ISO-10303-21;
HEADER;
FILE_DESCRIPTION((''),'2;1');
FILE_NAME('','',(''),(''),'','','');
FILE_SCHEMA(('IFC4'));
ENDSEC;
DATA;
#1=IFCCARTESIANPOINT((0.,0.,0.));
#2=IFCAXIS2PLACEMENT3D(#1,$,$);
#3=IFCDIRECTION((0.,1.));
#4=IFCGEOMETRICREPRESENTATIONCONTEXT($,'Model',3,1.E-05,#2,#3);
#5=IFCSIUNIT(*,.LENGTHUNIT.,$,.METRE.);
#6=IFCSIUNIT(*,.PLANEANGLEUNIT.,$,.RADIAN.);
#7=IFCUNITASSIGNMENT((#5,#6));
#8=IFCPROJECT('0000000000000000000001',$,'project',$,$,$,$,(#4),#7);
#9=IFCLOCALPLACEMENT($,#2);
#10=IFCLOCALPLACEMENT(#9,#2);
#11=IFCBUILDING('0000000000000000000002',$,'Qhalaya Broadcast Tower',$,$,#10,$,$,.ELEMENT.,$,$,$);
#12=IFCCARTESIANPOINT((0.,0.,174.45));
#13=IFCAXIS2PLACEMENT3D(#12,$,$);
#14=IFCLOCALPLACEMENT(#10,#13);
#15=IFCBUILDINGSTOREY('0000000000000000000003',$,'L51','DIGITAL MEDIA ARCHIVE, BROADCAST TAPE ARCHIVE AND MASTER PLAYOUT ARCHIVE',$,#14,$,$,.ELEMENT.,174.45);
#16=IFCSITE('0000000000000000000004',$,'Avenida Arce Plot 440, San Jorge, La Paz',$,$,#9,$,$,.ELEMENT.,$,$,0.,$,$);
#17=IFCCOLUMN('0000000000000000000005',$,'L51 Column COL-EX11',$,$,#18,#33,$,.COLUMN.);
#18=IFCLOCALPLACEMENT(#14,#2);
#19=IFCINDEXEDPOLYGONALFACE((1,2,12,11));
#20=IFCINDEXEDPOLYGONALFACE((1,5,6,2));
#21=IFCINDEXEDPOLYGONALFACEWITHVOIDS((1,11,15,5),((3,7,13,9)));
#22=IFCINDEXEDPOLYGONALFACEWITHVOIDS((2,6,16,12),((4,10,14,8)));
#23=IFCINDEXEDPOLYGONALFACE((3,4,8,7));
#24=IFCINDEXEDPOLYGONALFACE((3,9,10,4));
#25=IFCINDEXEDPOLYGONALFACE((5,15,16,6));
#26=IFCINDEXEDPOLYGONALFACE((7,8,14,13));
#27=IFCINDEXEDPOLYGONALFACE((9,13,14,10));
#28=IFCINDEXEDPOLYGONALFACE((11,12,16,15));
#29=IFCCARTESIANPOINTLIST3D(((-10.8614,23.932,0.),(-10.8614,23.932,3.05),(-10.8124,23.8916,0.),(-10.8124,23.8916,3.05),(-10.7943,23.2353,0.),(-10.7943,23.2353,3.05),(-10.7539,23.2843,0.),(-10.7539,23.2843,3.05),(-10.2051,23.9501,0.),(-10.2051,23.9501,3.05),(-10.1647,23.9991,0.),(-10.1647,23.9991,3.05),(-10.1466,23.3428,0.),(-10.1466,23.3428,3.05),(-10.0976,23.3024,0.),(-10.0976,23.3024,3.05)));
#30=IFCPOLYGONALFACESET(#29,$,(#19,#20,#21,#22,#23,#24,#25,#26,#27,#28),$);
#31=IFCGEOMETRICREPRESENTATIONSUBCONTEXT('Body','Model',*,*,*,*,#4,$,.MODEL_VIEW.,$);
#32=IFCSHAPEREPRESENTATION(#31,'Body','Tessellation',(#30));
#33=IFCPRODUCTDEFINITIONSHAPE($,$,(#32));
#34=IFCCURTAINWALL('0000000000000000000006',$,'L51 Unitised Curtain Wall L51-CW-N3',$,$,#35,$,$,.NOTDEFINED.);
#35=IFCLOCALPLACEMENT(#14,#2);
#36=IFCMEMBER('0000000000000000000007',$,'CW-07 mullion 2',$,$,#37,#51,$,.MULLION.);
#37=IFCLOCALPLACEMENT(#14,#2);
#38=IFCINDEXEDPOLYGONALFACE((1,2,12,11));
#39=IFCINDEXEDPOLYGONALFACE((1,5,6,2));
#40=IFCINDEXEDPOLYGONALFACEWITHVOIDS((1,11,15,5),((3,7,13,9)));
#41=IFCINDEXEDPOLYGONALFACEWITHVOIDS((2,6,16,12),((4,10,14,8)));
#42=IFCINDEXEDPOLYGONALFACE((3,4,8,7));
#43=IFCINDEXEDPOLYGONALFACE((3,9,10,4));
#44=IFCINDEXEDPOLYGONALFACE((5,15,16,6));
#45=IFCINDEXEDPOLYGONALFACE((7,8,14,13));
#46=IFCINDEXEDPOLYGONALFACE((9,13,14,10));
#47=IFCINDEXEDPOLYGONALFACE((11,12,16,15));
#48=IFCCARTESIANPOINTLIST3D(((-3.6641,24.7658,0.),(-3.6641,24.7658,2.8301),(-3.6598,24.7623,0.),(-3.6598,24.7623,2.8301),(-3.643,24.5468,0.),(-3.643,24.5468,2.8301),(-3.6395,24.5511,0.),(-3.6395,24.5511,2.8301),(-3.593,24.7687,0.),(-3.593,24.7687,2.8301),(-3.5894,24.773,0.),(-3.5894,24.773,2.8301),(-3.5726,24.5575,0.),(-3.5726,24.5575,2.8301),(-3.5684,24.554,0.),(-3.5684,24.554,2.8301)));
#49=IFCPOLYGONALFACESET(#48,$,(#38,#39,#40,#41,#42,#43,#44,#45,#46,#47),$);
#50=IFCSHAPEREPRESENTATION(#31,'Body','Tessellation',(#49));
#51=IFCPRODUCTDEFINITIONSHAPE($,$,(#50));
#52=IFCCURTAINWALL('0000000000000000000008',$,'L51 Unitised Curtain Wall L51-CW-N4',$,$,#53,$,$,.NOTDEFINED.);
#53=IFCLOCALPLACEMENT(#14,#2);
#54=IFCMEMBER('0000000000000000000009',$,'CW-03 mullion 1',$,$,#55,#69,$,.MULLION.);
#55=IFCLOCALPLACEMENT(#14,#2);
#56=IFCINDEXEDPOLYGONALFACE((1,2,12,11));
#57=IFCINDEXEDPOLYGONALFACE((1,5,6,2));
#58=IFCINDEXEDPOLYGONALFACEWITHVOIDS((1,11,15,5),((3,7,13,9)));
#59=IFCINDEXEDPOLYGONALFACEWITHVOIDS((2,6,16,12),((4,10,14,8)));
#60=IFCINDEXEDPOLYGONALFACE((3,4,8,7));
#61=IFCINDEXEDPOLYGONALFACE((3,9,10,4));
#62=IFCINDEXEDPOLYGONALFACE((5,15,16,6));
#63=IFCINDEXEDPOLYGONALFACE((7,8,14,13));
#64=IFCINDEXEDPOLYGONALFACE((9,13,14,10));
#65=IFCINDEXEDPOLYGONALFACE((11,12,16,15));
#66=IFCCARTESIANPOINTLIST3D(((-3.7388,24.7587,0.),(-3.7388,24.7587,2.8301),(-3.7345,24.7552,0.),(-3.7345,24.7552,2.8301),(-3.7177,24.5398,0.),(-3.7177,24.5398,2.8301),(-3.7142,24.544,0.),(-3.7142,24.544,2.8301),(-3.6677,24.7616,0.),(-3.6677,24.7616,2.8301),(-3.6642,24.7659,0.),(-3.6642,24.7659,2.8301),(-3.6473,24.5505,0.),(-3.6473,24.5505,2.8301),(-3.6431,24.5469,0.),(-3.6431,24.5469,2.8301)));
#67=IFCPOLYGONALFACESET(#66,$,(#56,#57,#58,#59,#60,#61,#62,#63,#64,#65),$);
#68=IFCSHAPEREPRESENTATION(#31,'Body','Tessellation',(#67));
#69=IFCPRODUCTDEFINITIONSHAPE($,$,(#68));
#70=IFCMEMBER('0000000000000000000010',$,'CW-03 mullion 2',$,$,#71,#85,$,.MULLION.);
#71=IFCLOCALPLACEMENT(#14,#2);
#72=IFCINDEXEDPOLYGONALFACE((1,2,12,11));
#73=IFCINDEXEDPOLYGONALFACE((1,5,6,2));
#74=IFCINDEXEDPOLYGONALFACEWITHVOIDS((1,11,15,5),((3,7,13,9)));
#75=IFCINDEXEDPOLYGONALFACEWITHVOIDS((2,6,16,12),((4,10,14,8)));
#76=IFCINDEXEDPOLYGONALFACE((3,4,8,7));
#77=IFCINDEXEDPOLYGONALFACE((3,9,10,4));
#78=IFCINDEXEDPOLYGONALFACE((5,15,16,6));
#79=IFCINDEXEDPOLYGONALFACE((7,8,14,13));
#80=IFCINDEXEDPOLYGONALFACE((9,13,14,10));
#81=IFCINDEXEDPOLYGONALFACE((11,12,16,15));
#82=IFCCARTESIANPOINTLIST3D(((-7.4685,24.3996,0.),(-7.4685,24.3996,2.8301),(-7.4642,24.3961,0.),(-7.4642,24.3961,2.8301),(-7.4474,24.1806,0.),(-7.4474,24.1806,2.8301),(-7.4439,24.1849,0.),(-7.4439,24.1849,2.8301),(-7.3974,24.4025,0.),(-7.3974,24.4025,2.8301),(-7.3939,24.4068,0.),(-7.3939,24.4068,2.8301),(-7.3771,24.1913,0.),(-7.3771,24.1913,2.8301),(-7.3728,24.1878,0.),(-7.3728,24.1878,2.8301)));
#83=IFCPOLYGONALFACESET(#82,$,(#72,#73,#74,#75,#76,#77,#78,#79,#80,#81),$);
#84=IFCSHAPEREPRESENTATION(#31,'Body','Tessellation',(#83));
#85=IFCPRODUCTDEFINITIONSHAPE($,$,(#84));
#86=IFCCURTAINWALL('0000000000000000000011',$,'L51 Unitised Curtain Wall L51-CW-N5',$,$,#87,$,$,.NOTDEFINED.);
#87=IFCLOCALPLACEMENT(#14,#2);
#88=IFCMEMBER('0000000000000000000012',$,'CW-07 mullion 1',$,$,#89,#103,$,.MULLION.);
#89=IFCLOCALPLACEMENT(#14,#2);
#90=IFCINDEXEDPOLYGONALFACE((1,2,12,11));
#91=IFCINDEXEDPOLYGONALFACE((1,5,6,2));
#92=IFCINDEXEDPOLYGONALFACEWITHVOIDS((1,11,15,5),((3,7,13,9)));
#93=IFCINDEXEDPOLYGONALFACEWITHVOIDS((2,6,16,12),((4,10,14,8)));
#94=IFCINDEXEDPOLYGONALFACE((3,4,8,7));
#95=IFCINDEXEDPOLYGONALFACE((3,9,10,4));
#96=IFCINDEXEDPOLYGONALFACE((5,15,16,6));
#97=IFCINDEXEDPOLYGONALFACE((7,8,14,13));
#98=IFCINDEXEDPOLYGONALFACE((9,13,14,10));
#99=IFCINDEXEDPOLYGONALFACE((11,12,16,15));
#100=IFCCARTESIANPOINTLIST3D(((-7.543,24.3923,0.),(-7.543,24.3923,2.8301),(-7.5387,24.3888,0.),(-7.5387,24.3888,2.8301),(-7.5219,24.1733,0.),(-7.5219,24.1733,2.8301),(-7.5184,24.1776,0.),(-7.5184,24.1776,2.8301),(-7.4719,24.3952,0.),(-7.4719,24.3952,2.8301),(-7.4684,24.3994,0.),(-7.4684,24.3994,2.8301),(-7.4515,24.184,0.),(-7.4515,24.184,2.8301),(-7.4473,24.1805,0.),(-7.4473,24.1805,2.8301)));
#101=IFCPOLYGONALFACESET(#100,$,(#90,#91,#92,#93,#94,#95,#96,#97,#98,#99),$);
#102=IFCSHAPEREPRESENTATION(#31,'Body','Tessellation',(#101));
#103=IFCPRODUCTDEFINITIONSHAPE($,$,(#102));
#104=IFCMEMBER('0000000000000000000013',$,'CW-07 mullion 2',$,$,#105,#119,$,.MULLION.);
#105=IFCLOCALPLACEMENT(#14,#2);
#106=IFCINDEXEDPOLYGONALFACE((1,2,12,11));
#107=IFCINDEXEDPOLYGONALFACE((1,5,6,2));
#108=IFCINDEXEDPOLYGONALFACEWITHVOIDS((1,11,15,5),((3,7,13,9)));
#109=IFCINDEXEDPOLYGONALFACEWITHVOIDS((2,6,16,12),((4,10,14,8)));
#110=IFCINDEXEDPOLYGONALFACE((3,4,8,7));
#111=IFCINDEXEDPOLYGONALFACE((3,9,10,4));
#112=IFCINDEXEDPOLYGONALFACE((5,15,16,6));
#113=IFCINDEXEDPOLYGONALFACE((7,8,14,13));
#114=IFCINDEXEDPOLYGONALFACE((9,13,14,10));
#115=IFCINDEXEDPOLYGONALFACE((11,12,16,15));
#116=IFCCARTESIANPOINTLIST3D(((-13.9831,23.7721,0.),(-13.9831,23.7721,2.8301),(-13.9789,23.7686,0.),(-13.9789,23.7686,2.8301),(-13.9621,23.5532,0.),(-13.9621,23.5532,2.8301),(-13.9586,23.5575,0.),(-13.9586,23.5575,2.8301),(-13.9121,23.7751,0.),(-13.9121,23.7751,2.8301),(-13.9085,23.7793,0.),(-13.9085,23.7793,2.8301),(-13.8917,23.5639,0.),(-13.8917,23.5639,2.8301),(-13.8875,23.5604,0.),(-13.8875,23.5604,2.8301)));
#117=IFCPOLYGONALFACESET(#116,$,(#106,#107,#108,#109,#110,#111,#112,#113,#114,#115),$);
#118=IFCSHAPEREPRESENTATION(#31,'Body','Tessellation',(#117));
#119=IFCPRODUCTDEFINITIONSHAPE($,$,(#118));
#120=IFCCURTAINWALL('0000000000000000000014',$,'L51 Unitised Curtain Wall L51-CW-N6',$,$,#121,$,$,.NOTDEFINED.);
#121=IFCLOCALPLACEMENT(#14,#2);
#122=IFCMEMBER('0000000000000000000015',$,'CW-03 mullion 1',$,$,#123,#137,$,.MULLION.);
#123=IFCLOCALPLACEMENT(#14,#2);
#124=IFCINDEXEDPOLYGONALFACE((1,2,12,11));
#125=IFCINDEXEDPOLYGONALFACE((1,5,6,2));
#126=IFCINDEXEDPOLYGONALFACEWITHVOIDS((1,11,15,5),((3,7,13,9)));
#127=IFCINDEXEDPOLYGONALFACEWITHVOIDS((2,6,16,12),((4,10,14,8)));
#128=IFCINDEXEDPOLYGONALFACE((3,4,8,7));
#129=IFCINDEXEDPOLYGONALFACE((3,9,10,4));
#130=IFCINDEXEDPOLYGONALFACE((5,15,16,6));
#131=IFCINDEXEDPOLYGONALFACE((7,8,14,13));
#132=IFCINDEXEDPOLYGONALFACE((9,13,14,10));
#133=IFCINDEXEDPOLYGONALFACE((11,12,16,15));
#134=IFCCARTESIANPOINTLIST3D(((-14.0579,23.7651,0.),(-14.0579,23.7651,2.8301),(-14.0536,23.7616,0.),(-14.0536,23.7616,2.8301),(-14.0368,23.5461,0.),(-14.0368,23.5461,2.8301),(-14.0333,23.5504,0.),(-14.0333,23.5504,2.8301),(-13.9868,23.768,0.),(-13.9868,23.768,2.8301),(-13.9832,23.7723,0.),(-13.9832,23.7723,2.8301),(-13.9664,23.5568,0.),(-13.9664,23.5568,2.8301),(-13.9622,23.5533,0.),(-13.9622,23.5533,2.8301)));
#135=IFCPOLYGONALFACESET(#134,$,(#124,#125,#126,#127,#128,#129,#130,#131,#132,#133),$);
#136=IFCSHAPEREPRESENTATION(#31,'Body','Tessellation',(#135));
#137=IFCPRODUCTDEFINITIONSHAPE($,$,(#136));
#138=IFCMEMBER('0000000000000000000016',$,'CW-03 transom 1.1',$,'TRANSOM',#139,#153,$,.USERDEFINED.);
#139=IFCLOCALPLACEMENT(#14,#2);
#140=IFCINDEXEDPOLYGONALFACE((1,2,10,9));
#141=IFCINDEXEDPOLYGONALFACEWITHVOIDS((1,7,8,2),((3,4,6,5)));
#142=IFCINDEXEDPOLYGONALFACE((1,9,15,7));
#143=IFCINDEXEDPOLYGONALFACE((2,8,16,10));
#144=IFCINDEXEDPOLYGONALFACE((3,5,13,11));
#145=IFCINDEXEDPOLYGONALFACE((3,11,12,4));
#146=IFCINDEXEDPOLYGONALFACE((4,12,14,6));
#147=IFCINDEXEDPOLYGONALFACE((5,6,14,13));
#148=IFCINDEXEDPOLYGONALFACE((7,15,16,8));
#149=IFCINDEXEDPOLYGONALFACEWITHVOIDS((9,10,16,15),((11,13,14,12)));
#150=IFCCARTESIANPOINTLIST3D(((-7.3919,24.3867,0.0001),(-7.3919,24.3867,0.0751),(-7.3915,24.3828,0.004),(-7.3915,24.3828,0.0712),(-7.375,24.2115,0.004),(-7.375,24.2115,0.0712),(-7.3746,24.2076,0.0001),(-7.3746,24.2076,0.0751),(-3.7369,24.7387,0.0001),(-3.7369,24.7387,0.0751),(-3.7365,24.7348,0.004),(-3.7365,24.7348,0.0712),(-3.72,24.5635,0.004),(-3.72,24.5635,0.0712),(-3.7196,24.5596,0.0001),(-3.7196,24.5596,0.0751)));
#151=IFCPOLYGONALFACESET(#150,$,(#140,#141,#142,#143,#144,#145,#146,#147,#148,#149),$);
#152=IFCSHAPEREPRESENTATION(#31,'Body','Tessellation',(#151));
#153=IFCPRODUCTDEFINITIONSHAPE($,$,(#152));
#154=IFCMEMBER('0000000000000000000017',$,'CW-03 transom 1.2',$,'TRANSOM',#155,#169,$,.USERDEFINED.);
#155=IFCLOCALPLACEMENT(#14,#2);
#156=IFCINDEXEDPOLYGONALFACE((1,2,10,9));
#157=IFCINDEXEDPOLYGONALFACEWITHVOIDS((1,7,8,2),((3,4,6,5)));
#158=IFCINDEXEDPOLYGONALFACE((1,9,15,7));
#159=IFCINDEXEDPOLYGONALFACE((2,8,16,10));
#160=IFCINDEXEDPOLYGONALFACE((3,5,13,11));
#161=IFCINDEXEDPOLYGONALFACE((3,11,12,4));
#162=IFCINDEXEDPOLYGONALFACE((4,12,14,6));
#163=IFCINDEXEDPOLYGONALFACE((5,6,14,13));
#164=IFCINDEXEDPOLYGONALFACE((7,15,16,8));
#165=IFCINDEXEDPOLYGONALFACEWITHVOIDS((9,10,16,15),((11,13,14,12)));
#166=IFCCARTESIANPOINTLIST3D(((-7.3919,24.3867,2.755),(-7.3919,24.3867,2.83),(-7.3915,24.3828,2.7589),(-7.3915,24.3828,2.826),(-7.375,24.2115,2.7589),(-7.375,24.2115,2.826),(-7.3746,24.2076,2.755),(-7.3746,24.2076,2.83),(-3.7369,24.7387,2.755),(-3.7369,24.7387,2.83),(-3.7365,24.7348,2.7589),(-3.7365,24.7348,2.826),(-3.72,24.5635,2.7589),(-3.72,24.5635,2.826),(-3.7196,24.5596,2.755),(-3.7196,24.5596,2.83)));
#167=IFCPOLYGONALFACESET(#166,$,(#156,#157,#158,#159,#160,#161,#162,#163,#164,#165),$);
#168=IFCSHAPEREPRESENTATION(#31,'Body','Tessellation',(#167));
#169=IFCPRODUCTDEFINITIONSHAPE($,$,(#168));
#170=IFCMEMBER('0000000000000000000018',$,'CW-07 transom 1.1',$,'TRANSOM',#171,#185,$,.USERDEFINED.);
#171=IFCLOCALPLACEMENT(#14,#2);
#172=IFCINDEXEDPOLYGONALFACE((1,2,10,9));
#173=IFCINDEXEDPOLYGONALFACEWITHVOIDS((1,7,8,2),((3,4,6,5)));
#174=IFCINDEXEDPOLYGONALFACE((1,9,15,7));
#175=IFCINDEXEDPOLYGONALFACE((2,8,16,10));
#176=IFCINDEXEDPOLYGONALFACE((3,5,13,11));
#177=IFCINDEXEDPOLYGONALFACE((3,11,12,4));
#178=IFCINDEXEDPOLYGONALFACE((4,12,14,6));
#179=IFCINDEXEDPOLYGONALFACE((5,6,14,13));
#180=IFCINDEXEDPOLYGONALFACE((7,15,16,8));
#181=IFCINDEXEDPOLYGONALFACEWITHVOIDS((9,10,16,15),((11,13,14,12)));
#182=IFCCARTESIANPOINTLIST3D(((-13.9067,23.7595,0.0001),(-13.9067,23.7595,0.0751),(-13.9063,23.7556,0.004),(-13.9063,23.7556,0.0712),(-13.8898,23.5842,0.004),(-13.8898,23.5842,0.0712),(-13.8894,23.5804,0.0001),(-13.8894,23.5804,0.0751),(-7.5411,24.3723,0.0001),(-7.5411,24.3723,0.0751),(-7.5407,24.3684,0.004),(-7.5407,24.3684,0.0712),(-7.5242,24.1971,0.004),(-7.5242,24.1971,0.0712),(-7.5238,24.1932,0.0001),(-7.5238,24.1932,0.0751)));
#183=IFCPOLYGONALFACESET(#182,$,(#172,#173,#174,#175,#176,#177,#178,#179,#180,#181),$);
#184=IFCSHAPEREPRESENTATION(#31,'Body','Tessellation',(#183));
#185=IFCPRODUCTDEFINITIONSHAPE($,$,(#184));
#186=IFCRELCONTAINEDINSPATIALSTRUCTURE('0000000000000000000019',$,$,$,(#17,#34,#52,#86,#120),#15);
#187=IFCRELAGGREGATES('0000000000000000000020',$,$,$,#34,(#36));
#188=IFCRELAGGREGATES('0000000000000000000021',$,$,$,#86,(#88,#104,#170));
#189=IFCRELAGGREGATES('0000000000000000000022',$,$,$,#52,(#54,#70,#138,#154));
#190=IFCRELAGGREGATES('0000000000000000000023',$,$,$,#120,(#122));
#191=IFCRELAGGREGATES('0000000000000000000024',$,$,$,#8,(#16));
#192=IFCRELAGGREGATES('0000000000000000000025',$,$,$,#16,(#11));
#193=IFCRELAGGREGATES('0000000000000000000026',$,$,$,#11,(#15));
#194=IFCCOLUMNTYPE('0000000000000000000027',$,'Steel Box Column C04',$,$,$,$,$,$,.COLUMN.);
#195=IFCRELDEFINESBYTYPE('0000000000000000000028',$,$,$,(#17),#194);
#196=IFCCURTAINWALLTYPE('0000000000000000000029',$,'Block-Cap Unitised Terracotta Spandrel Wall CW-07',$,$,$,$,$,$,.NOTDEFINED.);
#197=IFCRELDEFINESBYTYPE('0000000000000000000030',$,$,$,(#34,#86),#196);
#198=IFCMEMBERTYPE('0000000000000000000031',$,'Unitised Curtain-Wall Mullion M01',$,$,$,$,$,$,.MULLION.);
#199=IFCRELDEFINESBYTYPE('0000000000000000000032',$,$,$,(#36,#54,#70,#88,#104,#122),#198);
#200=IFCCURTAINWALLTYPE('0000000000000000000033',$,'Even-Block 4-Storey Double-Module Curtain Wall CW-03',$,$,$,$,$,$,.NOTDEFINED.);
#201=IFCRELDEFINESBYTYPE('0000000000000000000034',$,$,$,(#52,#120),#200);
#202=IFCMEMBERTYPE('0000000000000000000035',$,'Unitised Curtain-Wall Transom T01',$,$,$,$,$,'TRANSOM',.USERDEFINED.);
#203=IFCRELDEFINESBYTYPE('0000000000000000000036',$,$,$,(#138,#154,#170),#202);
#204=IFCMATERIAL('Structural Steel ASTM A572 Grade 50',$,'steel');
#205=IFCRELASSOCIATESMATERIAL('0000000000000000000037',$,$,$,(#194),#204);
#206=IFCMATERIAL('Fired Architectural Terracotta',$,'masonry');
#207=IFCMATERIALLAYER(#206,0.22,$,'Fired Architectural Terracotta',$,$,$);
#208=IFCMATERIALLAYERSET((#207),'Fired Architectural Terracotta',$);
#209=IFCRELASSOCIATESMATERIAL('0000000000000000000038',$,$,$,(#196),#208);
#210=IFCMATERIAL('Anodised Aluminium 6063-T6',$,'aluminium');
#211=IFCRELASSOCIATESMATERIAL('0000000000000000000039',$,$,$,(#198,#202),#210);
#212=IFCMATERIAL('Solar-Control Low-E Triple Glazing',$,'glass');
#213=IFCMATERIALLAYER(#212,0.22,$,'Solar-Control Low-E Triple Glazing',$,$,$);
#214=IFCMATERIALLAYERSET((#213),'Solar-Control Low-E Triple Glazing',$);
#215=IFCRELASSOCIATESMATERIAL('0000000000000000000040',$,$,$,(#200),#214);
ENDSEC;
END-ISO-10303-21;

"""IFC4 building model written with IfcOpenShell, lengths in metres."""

from ifc_helpers import new_model, si_unit, direction, frame, origin, origin_2d, place, context, subcontext, project, spatial, hollow_rectangle, extrude, material, layer, layer_set, material_profile, profile_set, type_object, element, aggregate, save


model = new_model("IFC4")

# Units and contexts
model_context = context("Model", 3, precision=1e-05, world=origin(), true_north=direction((0.0, 1.0)))
body_context = subcontext(model_context, "Body", "Model", "MODEL_VIEW")
ifc_project = project(units=[si_unit("LENGTHUNIT", "METRE"), si_unit("PLANEANGLEUNIT", "RADIAN")], contexts=[model_context])

# Site, building, storey
site_placement = place(None, origin())
site = spatial("IfcSite", under=ifc_project, at=site_placement, Name="Avenida Arce Plot 440, San Jorge, La Paz", CompositionType="ELEMENT", RefElevation=0.0)
building_placement = place(site_placement, origin())
building = spatial("IfcBuilding", under=site, at=building_placement, Name="Qhalaya Broadcast Tower", CompositionType="ELEMENT")
storey_placement = place(building_placement, frame((0.0, 0.0, 174.45)))
storey = spatial("IfcBuildingStorey", under=building, at=storey_placement, Name="L51", Description="DIGITAL MEDIA ARCHIVE, BROADCAST TAPE ARCHIVE AND MASTER PLAYOUT ARCHIVE", CompositionType="ELEMENT", Elevation=174.45)

# Column
ifc_material_1 = material(Name="Structural Steel ASTM A572 Grade 50", Category="steel")
ifc_material_profile_1 = material_profile(ifc_material_1, hollow_rectangle(XDim=0.7, YDim=0.7, WallThickness=0.0449, at=origin_2d()), Name="BOX 700x700x45")
ifc_profile_set_1 = profile_set([ifc_material_profile_1], Name="Structural Steel ASTM A572 Grade 50")
column_type = type_object("IfcColumnType", Name="Steel Box Column C04", PredefinedType="COLUMN", material=ifc_profile_set_1)
column_placement = place(storey_placement, frame((-10.4795, 23.6172, 0.0), z_axis=(0.0, 0.0, 1.0), x_axis=(0.995396, 0.095846, 0.0)))
element("IfcColumn", 1, at=column_placement, inside=storey, type_object=column_type, Name="L51 Column COL-EX11", PredefinedType="COLUMN", context=body_context, shape_type="SweptSolid", body=[
    extrude(hollow_rectangle(XDim=0.7, YDim=0.7, WallThickness=0.0449, at=origin_2d()), origin(), (0.0, 0.0, 1.0), 3.05),
])

# Curtain wall, member
ifc_material_2 = material(Name="Fired Architectural Terracotta", Category="masonry")
ifc_layer_1 = layer(ifc_material_2, 0.22, Name="Fired Architectural Terracotta")
ifc_layer_set_1 = layer_set([ifc_layer_1], Name="Fired Architectural Terracotta")
curtain_wall_type_1 = type_object("IfcCurtainWallType", Name="Block-Cap Unitised Terracotta Spandrel Wall CW-07", PredefinedType="NOTDEFINED", material=ifc_layer_set_1)
curtain_wall_1_placement = place(storey_placement, origin())
curtain_wall_1 = element("IfcCurtainWall", 2, at=curtain_wall_1_placement, inside=storey, type_object=curtain_wall_type_1, Name="L51 Unitised Curtain Wall L51-CW-N3", PredefinedType="NOTDEFINED")
ifc_material_3 = material(Name="Anodised Aluminium 6063-T6", Category="aluminium")
ifc_material_profile_2 = material_profile(ifc_material_3, hollow_rectangle(XDim=0.075, YDim=0.22, WallThickness=0.0039, at=origin_2d()), Name="ALU-MUL 75x220x4")
ifc_profile_set_2 = profile_set([ifc_material_profile_2], Name="Anodised Aluminium 6063-T6")
member_type_1 = type_object("IfcMemberType", Name="Unitised Curtain-Wall Mullion M01", PredefinedType="MULLION", material=ifc_profile_set_2)
member_1_placement = place(storey_placement, frame((-3.6162, 24.6599, 0.0), z_axis=(0.0, 0.0, 1.0), x_axis=(-0.995396, -0.095844, 0.0)))
member_1 = element("IfcMember", 3, at=member_1_placement, type_object=member_type_1, Name="CW-07 mullion 2", PredefinedType="MULLION", context=body_context, shape_type="SweptSolid", body=[
    extrude(hollow_rectangle(XDim=0.075, YDim=0.22, WallThickness=0.0039, at=origin_2d()), origin(), (0.0, 0.0, 1.0), 2.8301),
])
aggregate(curtain_wall_1, [member_1])

# Curtain walls, members
ifc_material_4 = material(Name="Solar-Control Low-E Triple Glazing", Category="glass")
ifc_layer_2 = layer(ifc_material_4, 0.22, Name="Solar-Control Low-E Triple Glazing")
ifc_layer_set_2 = layer_set([ifc_layer_2], Name="Solar-Control Low-E Triple Glazing")
curtain_wall_type_2 = type_object("IfcCurtainWallType", Name="Even-Block 4-Storey Double-Module Curtain Wall CW-03", PredefinedType="NOTDEFINED", material=ifc_layer_set_2)
curtain_wall_2_placement = place(storey_placement, origin())
curtain_wall_2 = element("IfcCurtainWall", 4, at=curtain_wall_2_placement, inside=storey, type_object=curtain_wall_type_2, Name="L51 Unitised Curtain Wall L51-CW-N4", PredefinedType="NOTDEFINED")
member_2_placement = place(storey_placement, frame((-3.6909, 24.6528, 0.0), z_axis=(0.0, 0.0, 1.0), x_axis=(-0.995394, -0.095866, 0.0)))
member_2 = element("IfcMember", 5, at=member_2_placement, type_object=member_type_1, Name="CW-03 mullion 1", PredefinedType="MULLION", context=body_context, shape_type="SweptSolid", body=[
    extrude(hollow_rectangle(XDim=0.075, YDim=0.22, WallThickness=0.0039, at=origin_2d()), origin(), (0.0, 0.0, 1.0), 2.8301),
])
member_3_placement = place(storey_placement, frame((-7.4207, 24.2937, 0.0), z_axis=(0.0, 0.0, 1.0), x_axis=(-0.995394, -0.095866, 0.0)))
member_3 = element("IfcMember", 6, at=member_3_placement, type_object=member_type_1, Name="CW-03 mullion 2", PredefinedType="MULLION", context=body_context, shape_type="SweptSolid", body=[
    extrude(hollow_rectangle(XDim=0.075, YDim=0.22, WallThickness=0.0039, at=origin_2d()), origin(), (0.0, 0.0, 1.0), 2.8301),
])
curtain_wall_3_placement = place(storey_placement, origin())
curtain_wall_3 = element("IfcCurtainWall", 7, at=curtain_wall_3_placement, inside=storey, type_object=curtain_wall_type_1, Name="L51 Unitised Curtain Wall L51-CW-N5", PredefinedType="NOTDEFINED")
member_4_placement = place(storey_placement, frame((-7.4951, 24.2864, 0.0), z_axis=(0.0, 0.0, 1.0), x_axis=(-0.995396, -0.095845, 0.0)))
member_4 = element("IfcMember", 8, at=member_4_placement, type_object=member_type_1, Name="CW-07 mullion 1", PredefinedType="MULLION", context=body_context, shape_type="SweptSolid", body=[
    extrude(hollow_rectangle(XDim=0.075, YDim=0.22, WallThickness=0.0039, at=origin_2d()), origin(), (0.0, 0.0, 1.0), 2.8301),
])
member_5_placement = place(storey_placement, frame((-13.9353, 23.6663, 0.0), z_axis=(0.0, 0.0, 1.0), x_axis=(-0.995396, -0.095845, 0.0)))
member_5 = element("IfcMember", 9, at=member_5_placement, type_object=member_type_1, Name="CW-07 mullion 2", PredefinedType="MULLION", context=body_context, shape_type="SweptSolid", body=[
    extrude(hollow_rectangle(XDim=0.075, YDim=0.22, WallThickness=0.0039, at=origin_2d()), origin(), (0.0, 0.0, 1.0), 2.8301),
])

# Curtain wall, member
curtain_wall_4_placement = place(storey_placement, origin())
curtain_wall_4 = element("IfcCurtainWall", 10, at=curtain_wall_4_placement, inside=storey, type_object=curtain_wall_type_2, Name="L51 Unitised Curtain Wall L51-CW-N6", PredefinedType="NOTDEFINED")
member_6_placement = place(storey_placement, frame((-14.01, 23.6592, 0.0), z_axis=(0.0, 0.0, 1.0), x_axis=(-0.995397, -0.095839, 0.0)))
member_6 = element("IfcMember", 11, at=member_6_placement, type_object=member_type_1, Name="CW-03 mullion 1", PredefinedType="MULLION", context=body_context, shape_type="SweptSolid", body=[
    extrude(hollow_rectangle(XDim=0.075, YDim=0.22, WallThickness=0.0039, at=origin_2d()), origin(), (0.0, 0.0, 1.0), 2.8301),
])

# Members
ifc_material_profile_3 = material_profile(ifc_material_3, hollow_rectangle(XDim=0.075, YDim=0.1799, WallThickness=0.0039, at=origin_2d()), Name="ALU-TRN 75x180x4")
ifc_profile_set_3 = profile_set([ifc_material_profile_3], Name="Anodised Aluminium 6063-T6")
member_type_2 = type_object("IfcMemberType", Name="Unitised Curtain-Wall Transom T01", ElementType="TRANSOM", PredefinedType="USERDEFINED", material=ifc_profile_set_3)
member_7_placement = place(storey_placement, frame((-3.7283, 24.6492, 0.0376), z_axis=(-0.995393, -0.095876, 0.0), x_axis=(0.0, 0.0, 1.0)))
member_7 = element("IfcMember", 12, at=member_7_placement, type_object=member_type_2, Name="CW-03 transom 1.1", ObjectType="TRANSOM", PredefinedType="USERDEFINED", context=body_context, shape_type="SweptSolid", body=[
    extrude(hollow_rectangle(XDim=0.075, YDim=0.1799, WallThickness=0.0039, at=origin_2d()), origin(), (0.0, 0.0, 1.0), 3.6719),
])
member_8_placement = place(storey_placement, frame((-3.7283, 24.6492, 2.7925), z_axis=(-0.995393, -0.095876, 0.0), x_axis=(0.0, 0.0, 1.0)))
member_8 = element("IfcMember", 13, at=member_8_placement, type_object=member_type_2, Name="CW-03 transom 1.2", ObjectType="TRANSOM", PredefinedType="USERDEFINED", context=body_context, shape_type="SweptSolid", body=[
    extrude(hollow_rectangle(XDim=0.075, YDim=0.1799, WallThickness=0.0039, at=origin_2d()), origin(), (0.0, 0.0, 1.0), 3.6719),
])
member_9_placement = place(storey_placement, frame((-7.5325, 24.2827, 0.0376), z_axis=(-0.995398, -0.095825, 0.0), x_axis=(0.0, 0.0, 1.0)))
member_9 = element("IfcMember", 14, at=member_9_placement, type_object=member_type_2, Name="CW-07 transom 1.1", ObjectType="TRANSOM", PredefinedType="USERDEFINED", context=body_context, shape_type="SweptSolid", body=[
    extrude(hollow_rectangle(XDim=0.075, YDim=0.1799, WallThickness=0.0039, at=origin_2d()), origin(), (0.0, 0.0, 1.0), 6.395),
])

aggregate(curtain_wall_3, [member_4, member_5, member_9])
aggregate(curtain_wall_2, [member_2, member_3, member_7, member_8])
aggregate(curtain_wall_4, [member_6])

save(model, "model.ifc")
